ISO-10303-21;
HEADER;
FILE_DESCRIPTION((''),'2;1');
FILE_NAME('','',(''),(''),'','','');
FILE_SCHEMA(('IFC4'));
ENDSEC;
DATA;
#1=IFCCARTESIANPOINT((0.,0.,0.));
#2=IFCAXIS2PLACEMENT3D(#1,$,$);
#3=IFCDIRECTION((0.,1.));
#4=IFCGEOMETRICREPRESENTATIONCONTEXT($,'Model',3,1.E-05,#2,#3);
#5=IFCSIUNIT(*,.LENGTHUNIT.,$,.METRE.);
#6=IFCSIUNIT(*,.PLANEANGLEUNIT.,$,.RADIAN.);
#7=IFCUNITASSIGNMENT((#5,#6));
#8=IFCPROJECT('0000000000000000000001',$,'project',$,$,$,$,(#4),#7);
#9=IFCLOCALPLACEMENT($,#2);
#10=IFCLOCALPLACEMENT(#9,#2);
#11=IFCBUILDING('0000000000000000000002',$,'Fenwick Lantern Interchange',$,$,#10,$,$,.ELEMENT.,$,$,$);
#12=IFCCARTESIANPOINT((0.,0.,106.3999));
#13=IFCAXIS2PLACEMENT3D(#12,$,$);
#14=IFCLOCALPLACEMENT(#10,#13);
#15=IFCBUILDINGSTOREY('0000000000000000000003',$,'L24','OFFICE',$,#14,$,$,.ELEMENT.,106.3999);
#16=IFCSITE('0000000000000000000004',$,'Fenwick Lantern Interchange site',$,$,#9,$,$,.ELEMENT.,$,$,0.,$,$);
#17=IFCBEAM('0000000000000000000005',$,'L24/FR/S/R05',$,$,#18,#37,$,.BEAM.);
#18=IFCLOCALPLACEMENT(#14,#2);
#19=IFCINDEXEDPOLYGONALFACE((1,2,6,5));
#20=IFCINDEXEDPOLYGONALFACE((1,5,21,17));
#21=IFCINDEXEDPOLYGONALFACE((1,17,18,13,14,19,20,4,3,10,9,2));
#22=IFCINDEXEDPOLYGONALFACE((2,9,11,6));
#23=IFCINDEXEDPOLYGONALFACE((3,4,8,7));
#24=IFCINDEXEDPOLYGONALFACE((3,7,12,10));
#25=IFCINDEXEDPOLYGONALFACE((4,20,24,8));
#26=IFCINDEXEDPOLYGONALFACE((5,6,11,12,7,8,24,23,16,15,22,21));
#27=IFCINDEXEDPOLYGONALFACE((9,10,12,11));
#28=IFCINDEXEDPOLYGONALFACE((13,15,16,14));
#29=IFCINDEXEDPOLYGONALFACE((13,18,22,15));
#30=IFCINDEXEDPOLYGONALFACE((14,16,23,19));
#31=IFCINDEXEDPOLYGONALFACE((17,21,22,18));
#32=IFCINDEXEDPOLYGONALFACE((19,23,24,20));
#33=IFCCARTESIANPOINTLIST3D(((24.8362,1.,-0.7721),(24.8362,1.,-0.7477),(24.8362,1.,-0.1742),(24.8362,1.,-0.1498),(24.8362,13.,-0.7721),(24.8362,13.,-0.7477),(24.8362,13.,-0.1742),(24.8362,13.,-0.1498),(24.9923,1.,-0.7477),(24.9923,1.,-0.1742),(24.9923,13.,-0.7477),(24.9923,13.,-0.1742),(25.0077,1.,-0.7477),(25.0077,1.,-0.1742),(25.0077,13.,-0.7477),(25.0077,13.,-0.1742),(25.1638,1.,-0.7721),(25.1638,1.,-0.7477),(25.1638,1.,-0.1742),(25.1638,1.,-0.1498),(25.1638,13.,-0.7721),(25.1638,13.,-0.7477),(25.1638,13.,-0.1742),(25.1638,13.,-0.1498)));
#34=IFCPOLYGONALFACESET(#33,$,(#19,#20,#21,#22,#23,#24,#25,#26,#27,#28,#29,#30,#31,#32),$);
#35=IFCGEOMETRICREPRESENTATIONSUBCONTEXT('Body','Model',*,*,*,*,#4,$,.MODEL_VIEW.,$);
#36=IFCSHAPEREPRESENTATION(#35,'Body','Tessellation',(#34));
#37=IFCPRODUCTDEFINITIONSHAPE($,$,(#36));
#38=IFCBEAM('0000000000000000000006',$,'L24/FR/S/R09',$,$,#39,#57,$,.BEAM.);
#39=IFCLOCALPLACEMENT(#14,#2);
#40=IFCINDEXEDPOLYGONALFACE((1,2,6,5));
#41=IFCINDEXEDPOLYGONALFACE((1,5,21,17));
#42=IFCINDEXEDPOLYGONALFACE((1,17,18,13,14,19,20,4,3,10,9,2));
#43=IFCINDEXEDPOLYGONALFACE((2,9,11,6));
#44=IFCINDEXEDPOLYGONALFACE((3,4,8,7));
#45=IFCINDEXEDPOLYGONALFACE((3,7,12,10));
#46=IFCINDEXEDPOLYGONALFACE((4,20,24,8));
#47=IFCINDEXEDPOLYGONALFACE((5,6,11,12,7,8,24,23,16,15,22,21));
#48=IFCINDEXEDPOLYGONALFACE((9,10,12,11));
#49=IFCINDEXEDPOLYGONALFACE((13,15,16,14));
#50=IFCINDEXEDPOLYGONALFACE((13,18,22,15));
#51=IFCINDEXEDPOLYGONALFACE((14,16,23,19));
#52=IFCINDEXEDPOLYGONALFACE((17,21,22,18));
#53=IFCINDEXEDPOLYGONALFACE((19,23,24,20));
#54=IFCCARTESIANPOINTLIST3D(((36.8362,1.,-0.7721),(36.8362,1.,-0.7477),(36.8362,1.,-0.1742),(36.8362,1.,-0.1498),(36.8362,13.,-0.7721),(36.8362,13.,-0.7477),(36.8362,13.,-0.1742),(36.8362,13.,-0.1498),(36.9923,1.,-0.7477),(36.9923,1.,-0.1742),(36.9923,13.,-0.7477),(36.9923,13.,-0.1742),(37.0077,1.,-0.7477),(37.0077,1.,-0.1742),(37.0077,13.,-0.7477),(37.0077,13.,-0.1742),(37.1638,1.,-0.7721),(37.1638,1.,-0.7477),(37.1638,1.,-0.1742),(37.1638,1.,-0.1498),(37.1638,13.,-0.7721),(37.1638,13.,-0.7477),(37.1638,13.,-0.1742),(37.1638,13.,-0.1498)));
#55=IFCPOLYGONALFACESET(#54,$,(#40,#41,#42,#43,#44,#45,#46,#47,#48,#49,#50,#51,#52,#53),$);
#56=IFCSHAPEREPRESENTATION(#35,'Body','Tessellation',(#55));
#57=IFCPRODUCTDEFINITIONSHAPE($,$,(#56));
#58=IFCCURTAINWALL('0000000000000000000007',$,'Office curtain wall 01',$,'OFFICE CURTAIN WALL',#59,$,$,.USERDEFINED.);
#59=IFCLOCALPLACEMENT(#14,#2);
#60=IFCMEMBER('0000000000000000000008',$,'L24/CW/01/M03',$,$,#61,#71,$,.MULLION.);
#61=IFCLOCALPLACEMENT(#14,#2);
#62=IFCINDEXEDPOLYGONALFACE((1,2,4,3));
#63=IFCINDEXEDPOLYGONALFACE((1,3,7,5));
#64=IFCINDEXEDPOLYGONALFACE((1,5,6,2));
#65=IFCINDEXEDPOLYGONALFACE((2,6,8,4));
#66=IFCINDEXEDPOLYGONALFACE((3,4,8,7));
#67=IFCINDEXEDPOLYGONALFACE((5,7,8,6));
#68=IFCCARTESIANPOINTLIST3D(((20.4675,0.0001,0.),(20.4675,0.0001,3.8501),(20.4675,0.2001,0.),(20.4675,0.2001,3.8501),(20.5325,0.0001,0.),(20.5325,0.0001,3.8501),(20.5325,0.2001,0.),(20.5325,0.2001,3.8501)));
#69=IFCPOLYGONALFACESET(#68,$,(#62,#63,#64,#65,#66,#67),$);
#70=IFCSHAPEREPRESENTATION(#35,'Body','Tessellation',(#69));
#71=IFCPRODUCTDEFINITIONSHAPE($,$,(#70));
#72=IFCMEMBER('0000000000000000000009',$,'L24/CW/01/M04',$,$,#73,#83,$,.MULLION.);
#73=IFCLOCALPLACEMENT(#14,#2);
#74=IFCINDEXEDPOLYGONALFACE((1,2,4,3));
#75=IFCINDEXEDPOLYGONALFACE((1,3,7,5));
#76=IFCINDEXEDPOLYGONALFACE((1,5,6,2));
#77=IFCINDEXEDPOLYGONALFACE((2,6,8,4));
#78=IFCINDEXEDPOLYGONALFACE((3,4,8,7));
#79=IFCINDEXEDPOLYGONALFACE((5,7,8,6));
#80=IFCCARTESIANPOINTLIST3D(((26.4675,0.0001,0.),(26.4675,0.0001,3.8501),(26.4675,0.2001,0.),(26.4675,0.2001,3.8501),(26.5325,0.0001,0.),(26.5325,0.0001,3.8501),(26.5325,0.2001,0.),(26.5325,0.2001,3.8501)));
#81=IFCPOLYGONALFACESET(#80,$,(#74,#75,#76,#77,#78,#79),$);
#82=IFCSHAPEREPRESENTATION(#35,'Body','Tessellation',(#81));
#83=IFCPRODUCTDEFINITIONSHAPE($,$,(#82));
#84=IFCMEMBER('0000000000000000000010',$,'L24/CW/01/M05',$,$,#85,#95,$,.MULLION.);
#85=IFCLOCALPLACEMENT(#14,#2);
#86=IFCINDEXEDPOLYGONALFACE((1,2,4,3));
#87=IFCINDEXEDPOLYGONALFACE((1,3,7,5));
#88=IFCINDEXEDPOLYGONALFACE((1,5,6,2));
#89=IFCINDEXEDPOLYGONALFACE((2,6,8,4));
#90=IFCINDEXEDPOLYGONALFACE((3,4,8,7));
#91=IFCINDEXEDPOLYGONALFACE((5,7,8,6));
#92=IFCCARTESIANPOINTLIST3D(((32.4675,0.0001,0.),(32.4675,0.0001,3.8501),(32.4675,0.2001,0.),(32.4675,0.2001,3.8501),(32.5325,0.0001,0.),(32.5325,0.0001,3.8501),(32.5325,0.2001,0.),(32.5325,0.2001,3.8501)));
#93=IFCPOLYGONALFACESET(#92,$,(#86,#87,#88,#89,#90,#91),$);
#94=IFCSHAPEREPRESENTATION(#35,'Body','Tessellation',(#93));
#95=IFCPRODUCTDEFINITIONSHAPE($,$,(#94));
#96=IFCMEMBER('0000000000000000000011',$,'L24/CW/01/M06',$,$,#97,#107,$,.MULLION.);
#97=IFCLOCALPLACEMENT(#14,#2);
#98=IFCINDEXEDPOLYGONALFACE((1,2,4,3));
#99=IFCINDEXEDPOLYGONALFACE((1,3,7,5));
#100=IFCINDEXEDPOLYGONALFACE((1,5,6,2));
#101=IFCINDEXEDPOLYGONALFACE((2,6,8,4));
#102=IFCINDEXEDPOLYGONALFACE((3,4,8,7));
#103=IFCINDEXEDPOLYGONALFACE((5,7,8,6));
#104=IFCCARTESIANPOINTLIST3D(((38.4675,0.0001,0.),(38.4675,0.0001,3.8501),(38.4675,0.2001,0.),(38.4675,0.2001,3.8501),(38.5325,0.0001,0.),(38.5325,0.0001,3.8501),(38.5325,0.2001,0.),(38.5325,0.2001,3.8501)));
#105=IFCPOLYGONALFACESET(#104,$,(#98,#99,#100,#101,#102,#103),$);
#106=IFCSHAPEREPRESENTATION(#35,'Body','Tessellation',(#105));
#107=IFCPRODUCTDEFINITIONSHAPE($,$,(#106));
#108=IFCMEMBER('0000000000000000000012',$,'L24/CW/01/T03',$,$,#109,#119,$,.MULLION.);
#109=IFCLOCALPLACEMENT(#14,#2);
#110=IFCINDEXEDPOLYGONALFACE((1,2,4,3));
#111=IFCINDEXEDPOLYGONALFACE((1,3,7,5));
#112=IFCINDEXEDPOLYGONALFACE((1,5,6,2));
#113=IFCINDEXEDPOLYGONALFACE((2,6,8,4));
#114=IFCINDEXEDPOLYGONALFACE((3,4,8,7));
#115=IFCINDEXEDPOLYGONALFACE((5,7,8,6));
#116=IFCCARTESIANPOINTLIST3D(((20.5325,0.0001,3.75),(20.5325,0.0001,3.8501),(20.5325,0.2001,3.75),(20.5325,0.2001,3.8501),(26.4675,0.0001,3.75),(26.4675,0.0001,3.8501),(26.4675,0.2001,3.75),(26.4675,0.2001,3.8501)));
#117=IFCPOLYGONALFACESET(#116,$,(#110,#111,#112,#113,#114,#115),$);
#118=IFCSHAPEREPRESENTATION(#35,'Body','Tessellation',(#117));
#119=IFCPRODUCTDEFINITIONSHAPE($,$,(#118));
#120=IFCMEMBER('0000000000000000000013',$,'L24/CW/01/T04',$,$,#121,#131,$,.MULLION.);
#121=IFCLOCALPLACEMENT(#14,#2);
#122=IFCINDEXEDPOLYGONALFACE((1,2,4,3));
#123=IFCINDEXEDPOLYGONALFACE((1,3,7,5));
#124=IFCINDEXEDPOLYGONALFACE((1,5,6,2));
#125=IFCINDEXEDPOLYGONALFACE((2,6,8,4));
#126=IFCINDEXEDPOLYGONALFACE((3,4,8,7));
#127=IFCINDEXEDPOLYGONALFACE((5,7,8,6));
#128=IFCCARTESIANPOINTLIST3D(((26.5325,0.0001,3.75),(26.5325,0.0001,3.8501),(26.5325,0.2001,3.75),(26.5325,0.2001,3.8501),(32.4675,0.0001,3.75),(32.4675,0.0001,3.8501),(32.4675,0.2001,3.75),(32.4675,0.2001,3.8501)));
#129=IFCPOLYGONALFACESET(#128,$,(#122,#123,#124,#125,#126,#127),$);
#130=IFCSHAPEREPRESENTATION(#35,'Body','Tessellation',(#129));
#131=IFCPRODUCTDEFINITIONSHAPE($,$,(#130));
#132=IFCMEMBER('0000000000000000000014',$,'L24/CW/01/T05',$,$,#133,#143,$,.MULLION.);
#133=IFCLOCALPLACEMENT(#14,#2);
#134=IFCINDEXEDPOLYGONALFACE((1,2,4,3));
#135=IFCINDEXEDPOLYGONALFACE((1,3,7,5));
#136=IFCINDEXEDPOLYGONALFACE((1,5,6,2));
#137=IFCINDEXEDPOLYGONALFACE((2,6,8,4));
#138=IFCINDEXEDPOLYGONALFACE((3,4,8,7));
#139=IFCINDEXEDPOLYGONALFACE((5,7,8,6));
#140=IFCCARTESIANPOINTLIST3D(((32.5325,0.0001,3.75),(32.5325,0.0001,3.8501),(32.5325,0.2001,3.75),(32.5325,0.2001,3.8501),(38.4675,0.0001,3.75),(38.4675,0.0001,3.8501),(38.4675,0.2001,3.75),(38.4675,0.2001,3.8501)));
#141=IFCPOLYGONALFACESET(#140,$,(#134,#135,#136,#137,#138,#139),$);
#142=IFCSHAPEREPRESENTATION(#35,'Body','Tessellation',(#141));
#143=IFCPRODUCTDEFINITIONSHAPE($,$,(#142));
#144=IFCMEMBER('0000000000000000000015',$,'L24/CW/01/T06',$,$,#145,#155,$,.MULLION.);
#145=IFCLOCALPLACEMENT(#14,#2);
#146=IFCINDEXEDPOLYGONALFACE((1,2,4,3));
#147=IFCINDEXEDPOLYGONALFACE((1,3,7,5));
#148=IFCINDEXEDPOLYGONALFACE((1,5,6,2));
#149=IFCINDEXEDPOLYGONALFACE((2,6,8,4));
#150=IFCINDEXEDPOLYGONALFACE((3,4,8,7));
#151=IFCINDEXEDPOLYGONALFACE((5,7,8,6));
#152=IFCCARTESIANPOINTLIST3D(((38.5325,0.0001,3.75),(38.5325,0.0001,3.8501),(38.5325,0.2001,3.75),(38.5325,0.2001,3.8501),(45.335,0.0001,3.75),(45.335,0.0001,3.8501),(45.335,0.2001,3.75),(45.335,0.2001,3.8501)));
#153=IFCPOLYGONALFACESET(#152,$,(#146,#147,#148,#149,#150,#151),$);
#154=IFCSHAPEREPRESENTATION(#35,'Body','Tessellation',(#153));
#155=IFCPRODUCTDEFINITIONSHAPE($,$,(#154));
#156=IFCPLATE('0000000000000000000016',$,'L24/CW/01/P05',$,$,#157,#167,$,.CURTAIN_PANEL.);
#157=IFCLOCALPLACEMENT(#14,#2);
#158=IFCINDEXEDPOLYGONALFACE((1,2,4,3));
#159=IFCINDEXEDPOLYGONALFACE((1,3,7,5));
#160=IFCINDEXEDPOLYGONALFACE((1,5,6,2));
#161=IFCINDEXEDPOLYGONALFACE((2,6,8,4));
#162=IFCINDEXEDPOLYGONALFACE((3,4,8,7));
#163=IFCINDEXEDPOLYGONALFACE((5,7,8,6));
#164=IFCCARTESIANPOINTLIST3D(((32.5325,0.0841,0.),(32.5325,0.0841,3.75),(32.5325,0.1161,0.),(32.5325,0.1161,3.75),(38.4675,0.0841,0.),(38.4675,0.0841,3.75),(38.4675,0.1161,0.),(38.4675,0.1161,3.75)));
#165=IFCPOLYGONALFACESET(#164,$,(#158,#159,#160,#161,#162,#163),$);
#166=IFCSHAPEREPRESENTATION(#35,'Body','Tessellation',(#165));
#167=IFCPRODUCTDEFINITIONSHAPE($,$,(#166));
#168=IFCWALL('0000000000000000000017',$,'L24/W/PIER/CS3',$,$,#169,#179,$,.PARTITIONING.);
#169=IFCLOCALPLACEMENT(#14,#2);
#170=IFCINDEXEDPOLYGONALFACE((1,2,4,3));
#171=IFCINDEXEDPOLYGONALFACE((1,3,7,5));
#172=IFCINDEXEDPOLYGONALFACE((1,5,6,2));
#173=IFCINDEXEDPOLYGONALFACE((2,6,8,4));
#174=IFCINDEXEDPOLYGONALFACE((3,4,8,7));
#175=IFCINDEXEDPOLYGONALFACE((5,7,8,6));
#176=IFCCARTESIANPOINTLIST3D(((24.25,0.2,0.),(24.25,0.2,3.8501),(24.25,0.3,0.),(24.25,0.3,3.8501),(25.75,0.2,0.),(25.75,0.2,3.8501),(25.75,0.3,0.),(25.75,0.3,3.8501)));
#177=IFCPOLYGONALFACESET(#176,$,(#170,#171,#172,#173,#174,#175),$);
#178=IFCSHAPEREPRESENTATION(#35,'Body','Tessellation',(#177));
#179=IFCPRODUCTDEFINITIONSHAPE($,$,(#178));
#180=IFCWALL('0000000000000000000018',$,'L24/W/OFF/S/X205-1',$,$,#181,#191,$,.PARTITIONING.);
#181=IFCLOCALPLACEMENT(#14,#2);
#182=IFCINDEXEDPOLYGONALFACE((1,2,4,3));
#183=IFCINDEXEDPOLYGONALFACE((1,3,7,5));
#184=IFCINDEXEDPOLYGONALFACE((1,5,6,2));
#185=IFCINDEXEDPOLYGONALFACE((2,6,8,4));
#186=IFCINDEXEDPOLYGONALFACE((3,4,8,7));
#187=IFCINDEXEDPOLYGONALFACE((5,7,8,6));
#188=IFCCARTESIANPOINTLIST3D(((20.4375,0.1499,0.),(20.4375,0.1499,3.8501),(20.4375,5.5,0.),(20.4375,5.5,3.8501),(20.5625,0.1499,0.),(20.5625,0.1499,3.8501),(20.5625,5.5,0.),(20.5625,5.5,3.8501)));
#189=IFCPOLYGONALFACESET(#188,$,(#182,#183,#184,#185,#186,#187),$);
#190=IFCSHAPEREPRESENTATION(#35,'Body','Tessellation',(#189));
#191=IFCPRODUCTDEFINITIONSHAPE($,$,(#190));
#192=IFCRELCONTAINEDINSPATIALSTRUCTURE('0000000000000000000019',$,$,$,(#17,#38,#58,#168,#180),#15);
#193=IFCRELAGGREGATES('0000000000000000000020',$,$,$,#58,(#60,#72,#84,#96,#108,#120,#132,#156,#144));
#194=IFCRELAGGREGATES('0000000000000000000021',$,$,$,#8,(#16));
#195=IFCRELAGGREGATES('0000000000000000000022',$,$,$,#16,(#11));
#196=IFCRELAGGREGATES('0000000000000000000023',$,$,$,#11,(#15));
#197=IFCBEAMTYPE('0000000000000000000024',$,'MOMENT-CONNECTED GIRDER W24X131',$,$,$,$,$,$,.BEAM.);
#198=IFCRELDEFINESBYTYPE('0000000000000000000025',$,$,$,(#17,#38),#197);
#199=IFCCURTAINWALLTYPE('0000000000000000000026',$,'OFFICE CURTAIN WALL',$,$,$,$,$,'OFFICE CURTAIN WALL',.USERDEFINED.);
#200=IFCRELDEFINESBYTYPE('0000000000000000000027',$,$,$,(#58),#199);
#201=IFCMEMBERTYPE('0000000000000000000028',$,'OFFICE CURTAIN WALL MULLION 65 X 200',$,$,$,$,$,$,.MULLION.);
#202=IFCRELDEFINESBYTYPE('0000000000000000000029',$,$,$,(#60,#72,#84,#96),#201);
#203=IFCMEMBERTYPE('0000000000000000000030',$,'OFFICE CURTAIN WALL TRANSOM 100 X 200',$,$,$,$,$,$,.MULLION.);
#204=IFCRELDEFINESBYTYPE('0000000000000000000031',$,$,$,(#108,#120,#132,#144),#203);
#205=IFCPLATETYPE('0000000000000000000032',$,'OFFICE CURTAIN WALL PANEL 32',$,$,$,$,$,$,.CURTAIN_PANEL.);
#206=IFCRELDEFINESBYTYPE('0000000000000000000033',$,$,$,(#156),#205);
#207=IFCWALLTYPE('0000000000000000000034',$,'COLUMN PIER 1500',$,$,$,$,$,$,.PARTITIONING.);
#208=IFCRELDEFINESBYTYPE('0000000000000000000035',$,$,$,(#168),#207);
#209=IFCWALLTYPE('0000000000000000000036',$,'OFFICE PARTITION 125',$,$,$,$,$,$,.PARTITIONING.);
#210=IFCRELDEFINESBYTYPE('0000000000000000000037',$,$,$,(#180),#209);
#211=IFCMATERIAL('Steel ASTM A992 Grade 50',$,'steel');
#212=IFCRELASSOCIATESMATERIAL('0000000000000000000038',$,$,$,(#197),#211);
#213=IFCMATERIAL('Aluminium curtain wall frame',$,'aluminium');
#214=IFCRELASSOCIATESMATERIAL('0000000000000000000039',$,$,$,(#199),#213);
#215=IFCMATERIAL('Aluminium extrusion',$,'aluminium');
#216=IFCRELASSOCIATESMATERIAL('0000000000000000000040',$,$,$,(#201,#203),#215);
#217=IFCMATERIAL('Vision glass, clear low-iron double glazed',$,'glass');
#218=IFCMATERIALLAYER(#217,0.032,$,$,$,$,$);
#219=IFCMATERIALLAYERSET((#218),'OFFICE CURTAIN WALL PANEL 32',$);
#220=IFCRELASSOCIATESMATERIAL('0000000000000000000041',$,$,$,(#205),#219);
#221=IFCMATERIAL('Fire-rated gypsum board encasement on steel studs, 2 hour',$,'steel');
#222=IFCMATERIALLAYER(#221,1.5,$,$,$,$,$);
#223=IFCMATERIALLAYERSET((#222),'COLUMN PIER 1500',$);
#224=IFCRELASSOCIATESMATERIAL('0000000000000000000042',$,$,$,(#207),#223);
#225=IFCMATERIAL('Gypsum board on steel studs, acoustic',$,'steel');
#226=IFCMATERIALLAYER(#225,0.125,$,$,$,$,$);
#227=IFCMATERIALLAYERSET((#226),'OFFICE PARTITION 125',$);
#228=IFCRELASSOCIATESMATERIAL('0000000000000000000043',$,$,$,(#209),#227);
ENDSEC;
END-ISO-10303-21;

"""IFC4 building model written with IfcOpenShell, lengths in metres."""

from ifc_helpers import new_model, si_unit, direction, frame, frame_2d, origin, origin_2d, place, context, subcontext, project, spatial, rectangle, i_section, extrude, material, layer, layer_set, material_profile, profile_set, type_object, element, aggregate, save


model = new_model("IFC4")

# Units and contexts
model_context = context("Model", 3, precision=1e-05, world=origin(), true_north=direction((0.0, 1.0)))
body_context = subcontext(model_context, "Body", "Model", "MODEL_VIEW")
ifc_project = project(units=[si_unit("LENGTHUNIT", "METRE"), si_unit("PLANEANGLEUNIT", "RADIAN")], contexts=[model_context])

# Site, building, storey
site_placement = place(None, origin())
site = spatial("IfcSite", under=ifc_project, at=site_placement, Name="Fenwick Lantern Interchange site", CompositionType="ELEMENT", RefElevation=0.0)
building_placement = place(site_placement, origin())
building = spatial("IfcBuilding", under=site, at=building_placement, Name="Fenwick Lantern Interchange", CompositionType="ELEMENT")
storey_placement = place(building_placement, frame((0.0, 0.0, 106.3999)))
storey = spatial("IfcBuildingStorey", under=building, at=storey_placement, Name="L24", Description="OFFICE", CompositionType="ELEMENT", Elevation=106.3999)

# Beams
ifc_material_1 = material(Name="Steel ASTM A992 Grade 50", Category="steel")
ifc_material_profile_1 = material_profile(ifc_material_1, i_section(OverallWidth=0.3276, OverallDepth=0.6223, WebThickness=0.0154, FlangeThickness=0.0244, at=origin_2d()), Name="W24X131")
ifc_profile_set_1 = profile_set([ifc_material_profile_1], Name="Steel ASTM A992 Grade 50")
beam_type_1 = type_object("IfcBeamType", Name="MOMENT-CONNECTED GIRDER W24X131", PredefinedType="BEAM", material=ifc_profile_set_1)
for number, where, z_axis, x_axis, name in (
    (1, (25.0, 1.0, -0.4609), (0.0, 1.0, 0.0), (-1.0, 0.0, 0.0), "L24/FR/S/R05"),
    (2, (37.0, 1.0, -0.4609), (0.0, 1.0, 0.0), (-1.0, 0.0, 0.0), "L24/FR/S/R09"),
):
    element("IfcBeam", number, at=place(storey_placement, frame(where, z_axis=z_axis, x_axis=x_axis)), inside=storey, type_object=beam_type_1, Name=name, PredefinedType="BEAM", context=body_context, shape_type="SweptSolid", body=[
        extrude(i_section(OverallWidth=0.3276, OverallDepth=0.6223, WebThickness=0.0154, FlangeThickness=0.0244, at=origin_2d()), origin(), (0.0, 0.0, 1.0), 12.0),
    ])

# Curtain wall, members, plate
ifc_material_2 = material(Name="Aluminium curtain wall frame", Category="aluminium")
curtain_wall_type = type_object("IfcCurtainWallType", Name="OFFICE CURTAIN WALL", ElementType="OFFICE CURTAIN WALL", PredefinedType="USERDEFINED", material=ifc_material_2)
curtain_wall_placement = place(storey_placement, origin())
curtain_wall = element("IfcCurtainWall", 3, at=curtain_wall_placement, inside=storey, type_object=curtain_wall_type, Name="Office curtain wall 01", ObjectType="OFFICE CURTAIN WALL", PredefinedType="USERDEFINED")
ifc_material_3 = material(Name="Aluminium extrusion", Category="aluminium")
ifc_material_profile_2 = material_profile(ifc_material_3, rectangle(XDim=0.2, YDim=0.0649, at=origin_2d()), Name="OFFICE CURTAIN WALL MULLION 65 X 200")
ifc_profile_set_2 = profile_set([ifc_material_profile_2], Name="Aluminium extrusion")
member_type_1 = type_object("IfcMemberType", Name="OFFICE CURTAIN WALL MULLION 65 X 200", PredefinedType="MULLION", material=ifc_profile_set_2)
member_1_placement = place(storey_placement, frame((20.5, 0.1001, 0.0), z_axis=(0.0, 0.0, 1.0), x_axis=(0.0, 1.0, 0.0)))
member_1 = element("IfcMember", 4, at=member_1_placement, type_object=member_type_1, Name="L24/CW/01/M03", PredefinedType="MULLION", context=body_context, shape_type="SweptSolid", body=[
    extrude(rectangle(XDim=0.2, YDim=0.0649, at=origin_2d()), origin(), (0.0, 0.0, 1.0), 3.8501),
])
member_2_placement = place(storey_placement, frame((26.5, 0.1001, 0.0), z_axis=(0.0, 0.0, 1.0), x_axis=(0.0, 1.0, 0.0)))
member_2 = element("IfcMember", 5, at=member_2_placement, type_object=member_type_1, Name="L24/CW/01/M04", PredefinedType="MULLION", context=body_context, shape_type="SweptSolid", body=[
    extrude(rectangle(XDim=0.2, YDim=0.0649, at=origin_2d()), origin(), (0.0, 0.0, 1.0), 3.8501),
])
member_3_placement = place(storey_placement, frame((32.5, 0.1001, 0.0), z_axis=(0.0, 0.0, 1.0), x_axis=(0.0, 1.0, 0.0)))
member_3 = element("IfcMember", 6, at=member_3_placement, type_object=member_type_1, Name="L24/CW/01/M05", PredefinedType="MULLION", context=body_context, shape_type="SweptSolid", body=[
    extrude(rectangle(XDim=0.2, YDim=0.0649, at=origin_2d()), origin(), (0.0, 0.0, 1.0), 3.8501),
])
member_4_placement = place(storey_placement, frame((38.5, 0.1001, 0.0), z_axis=(0.0, 0.0, 1.0), x_axis=(0.0, 1.0, 0.0)))
member_4 = element("IfcMember", 7, at=member_4_placement, type_object=member_type_1, Name="L24/CW/01/M06", PredefinedType="MULLION", context=body_context, shape_type="SweptSolid", body=[
    extrude(rectangle(XDim=0.2, YDim=0.0649, at=origin_2d()), origin(), (0.0, 0.0, 1.0), 3.8501),
])
ifc_material_profile_3 = material_profile(ifc_material_3, rectangle(XDim=0.2, YDim=0.1001, at=origin_2d()), Name="OFFICE CURTAIN WALL TRANSOM 100 X 200")
ifc_profile_set_3 = profile_set([ifc_material_profile_3], Name="Aluminium extrusion")
member_type_2 = type_object("IfcMemberType", Name="OFFICE CURTAIN WALL TRANSOM 100 X 200", PredefinedType="MULLION", material=ifc_profile_set_3)
member_5_placement = place(storey_placement, frame((20.5325, 0.1001, 3.8), z_axis=(1.0, 0.0, 0.0), x_axis=(0.0, 1.0, 0.0)))
member_5 = element("IfcMember", 8, at=member_5_placement, type_object=member_type_2, Name="L24/CW/01/T03", PredefinedType="MULLION", context=body_context, shape_type="SweptSolid", body=[
    extrude(rectangle(XDim=0.2, YDim=0.1001, at=origin_2d()), origin(), (0.0, 0.0, 1.0), 5.9351),
])
member_6_placement = place(storey_placement, frame((26.5325, 0.1001, 3.8), z_axis=(1.0, 0.0, 0.0), x_axis=(0.0, 1.0, 0.0)))
member_6 = element("IfcMember", 9, at=member_6_placement, type_object=member_type_2, Name="L24/CW/01/T04", PredefinedType="MULLION", context=body_context, shape_type="SweptSolid", body=[
    extrude(rectangle(XDim=0.2, YDim=0.1001, at=origin_2d()), origin(), (0.0, 0.0, 1.0), 5.9351),
])
member_7_placement = place(storey_placement, frame((32.5325, 0.1001, 3.8), z_axis=(1.0, 0.0, 0.0), x_axis=(0.0, 1.0, 0.0)))
member_7 = element("IfcMember", 10, at=member_7_placement, type_object=member_type_2, Name="L24/CW/01/T05", PredefinedType="MULLION", context=body_context, shape_type="SweptSolid", body=[
    extrude(rectangle(XDim=0.2, YDim=0.1001, at=origin_2d()), origin(), (0.0, 0.0, 1.0), 5.9351),
])
member_8_placement = place(storey_placement, frame((38.5325, 0.1001, 3.8), z_axis=(1.0, 0.0, 0.0), x_axis=(0.0, 1.0, 0.0)))
member_8 = element("IfcMember", 11, at=member_8_placement, type_object=member_type_2, Name="L24/CW/01/T06", PredefinedType="MULLION", context=body_context, shape_type="SweptSolid", body=[
    extrude(rectangle(XDim=0.2, YDim=0.1001, at=origin_2d()), origin(), (0.0, 0.0, 1.0), 6.8025),
])
ifc_material_4 = material(Name="Vision glass, clear low-iron double glazed", Category="glass")
ifc_layer_1 = layer(ifc_material_4, 0.032)
ifc_layer_set_1 = layer_set([ifc_layer_1], Name="OFFICE CURTAIN WALL PANEL 32")
plate_type = type_object("IfcPlateType", Name="OFFICE CURTAIN WALL PANEL 32", PredefinedType="CURTAIN_PANEL", material=ifc_layer_set_1)
plate_placement = place(storey_placement, frame((35.5, 0.1001, 0.0), z_axis=(0.0, 0.0, 1.0), x_axis=(1.0, 0.0, 0.0)))
plate = element("IfcPlate", 12, at=plate_placement, type_object=plate_type, Name="L24/CW/01/P05", PredefinedType="CURTAIN_PANEL", context=body_context, shape_type="SweptSolid", body=[
    extrude(rectangle(XDim=5.9351, YDim=0.032, at=origin_2d()), origin(), (0.0, 0.0, 1.0), 3.75),
])
aggregate(curtain_wall, [member_1, member_2, member_3, member_4, member_5, member_6, member_7, plate, member_8])

# Walls
ifc_material_5 = material(Name="Fire-rated gypsum board encasement on steel studs, 2 hour", Category="steel")
ifc_layer_2 = layer(ifc_material_5, 1.5)
ifc_layer_set_2 = layer_set([ifc_layer_2], Name="COLUMN PIER 1500")
wall_type_1 = type_object("IfcWallType", Name="COLUMN PIER 1500", PredefinedType="PARTITIONING", material=ifc_layer_set_2)
wall_1_placement = place(storey_placement, frame((25.0, 0.2, 0.0), z_axis=(0.0, 0.0, 1.0), x_axis=(0.0, 1.0, 0.0)))
element("IfcWall", 13, at=wall_1_placement, inside=storey, type_object=wall_type_1, Name="L24/W/PIER/CS3", PredefinedType="PARTITIONING", context=body_context, shape_type="SweptSolid", body=[
    extrude(rectangle(XDim=0.1001, YDim=1.5, at=frame_2d((0.05, 0.0))), origin(), (0.0, 0.0, 1.0), 3.8501),
])
ifc_material_6 = material(Name="Gypsum board on steel studs, acoustic", Category="steel")
ifc_layer_3 = layer(ifc_material_6, 0.125)
ifc_layer_set_3 = layer_set([ifc_layer_3], Name="OFFICE PARTITION 125")
wall_type_2 = type_object("IfcWallType", Name="OFFICE PARTITION 125", PredefinedType="PARTITIONING", material=ifc_layer_set_3)
for number, where, z_axis, x_axis, name in (
    (14, (20.5, 0.1499, 0.0), (0.0, 0.0, 1.0), (0.0, 1.0, 0.0), "L24/W/OFF/S/X205-1"),
):
    element("IfcWall", number, at=place(storey_placement, frame(where, z_axis=z_axis, x_axis=x_axis)), inside=storey, type_object=wall_type_2, Name=name, PredefinedType="PARTITIONING", context=body_context, shape_type="SweptSolid", body=[
        extrude(rectangle(XDim=5.3501, YDim=0.125, at=frame_2d((2.675, 0.0))), origin(), (0.0, 0.0, 1.0), 3.8501),
    ])

save(model, "model.ifc")
